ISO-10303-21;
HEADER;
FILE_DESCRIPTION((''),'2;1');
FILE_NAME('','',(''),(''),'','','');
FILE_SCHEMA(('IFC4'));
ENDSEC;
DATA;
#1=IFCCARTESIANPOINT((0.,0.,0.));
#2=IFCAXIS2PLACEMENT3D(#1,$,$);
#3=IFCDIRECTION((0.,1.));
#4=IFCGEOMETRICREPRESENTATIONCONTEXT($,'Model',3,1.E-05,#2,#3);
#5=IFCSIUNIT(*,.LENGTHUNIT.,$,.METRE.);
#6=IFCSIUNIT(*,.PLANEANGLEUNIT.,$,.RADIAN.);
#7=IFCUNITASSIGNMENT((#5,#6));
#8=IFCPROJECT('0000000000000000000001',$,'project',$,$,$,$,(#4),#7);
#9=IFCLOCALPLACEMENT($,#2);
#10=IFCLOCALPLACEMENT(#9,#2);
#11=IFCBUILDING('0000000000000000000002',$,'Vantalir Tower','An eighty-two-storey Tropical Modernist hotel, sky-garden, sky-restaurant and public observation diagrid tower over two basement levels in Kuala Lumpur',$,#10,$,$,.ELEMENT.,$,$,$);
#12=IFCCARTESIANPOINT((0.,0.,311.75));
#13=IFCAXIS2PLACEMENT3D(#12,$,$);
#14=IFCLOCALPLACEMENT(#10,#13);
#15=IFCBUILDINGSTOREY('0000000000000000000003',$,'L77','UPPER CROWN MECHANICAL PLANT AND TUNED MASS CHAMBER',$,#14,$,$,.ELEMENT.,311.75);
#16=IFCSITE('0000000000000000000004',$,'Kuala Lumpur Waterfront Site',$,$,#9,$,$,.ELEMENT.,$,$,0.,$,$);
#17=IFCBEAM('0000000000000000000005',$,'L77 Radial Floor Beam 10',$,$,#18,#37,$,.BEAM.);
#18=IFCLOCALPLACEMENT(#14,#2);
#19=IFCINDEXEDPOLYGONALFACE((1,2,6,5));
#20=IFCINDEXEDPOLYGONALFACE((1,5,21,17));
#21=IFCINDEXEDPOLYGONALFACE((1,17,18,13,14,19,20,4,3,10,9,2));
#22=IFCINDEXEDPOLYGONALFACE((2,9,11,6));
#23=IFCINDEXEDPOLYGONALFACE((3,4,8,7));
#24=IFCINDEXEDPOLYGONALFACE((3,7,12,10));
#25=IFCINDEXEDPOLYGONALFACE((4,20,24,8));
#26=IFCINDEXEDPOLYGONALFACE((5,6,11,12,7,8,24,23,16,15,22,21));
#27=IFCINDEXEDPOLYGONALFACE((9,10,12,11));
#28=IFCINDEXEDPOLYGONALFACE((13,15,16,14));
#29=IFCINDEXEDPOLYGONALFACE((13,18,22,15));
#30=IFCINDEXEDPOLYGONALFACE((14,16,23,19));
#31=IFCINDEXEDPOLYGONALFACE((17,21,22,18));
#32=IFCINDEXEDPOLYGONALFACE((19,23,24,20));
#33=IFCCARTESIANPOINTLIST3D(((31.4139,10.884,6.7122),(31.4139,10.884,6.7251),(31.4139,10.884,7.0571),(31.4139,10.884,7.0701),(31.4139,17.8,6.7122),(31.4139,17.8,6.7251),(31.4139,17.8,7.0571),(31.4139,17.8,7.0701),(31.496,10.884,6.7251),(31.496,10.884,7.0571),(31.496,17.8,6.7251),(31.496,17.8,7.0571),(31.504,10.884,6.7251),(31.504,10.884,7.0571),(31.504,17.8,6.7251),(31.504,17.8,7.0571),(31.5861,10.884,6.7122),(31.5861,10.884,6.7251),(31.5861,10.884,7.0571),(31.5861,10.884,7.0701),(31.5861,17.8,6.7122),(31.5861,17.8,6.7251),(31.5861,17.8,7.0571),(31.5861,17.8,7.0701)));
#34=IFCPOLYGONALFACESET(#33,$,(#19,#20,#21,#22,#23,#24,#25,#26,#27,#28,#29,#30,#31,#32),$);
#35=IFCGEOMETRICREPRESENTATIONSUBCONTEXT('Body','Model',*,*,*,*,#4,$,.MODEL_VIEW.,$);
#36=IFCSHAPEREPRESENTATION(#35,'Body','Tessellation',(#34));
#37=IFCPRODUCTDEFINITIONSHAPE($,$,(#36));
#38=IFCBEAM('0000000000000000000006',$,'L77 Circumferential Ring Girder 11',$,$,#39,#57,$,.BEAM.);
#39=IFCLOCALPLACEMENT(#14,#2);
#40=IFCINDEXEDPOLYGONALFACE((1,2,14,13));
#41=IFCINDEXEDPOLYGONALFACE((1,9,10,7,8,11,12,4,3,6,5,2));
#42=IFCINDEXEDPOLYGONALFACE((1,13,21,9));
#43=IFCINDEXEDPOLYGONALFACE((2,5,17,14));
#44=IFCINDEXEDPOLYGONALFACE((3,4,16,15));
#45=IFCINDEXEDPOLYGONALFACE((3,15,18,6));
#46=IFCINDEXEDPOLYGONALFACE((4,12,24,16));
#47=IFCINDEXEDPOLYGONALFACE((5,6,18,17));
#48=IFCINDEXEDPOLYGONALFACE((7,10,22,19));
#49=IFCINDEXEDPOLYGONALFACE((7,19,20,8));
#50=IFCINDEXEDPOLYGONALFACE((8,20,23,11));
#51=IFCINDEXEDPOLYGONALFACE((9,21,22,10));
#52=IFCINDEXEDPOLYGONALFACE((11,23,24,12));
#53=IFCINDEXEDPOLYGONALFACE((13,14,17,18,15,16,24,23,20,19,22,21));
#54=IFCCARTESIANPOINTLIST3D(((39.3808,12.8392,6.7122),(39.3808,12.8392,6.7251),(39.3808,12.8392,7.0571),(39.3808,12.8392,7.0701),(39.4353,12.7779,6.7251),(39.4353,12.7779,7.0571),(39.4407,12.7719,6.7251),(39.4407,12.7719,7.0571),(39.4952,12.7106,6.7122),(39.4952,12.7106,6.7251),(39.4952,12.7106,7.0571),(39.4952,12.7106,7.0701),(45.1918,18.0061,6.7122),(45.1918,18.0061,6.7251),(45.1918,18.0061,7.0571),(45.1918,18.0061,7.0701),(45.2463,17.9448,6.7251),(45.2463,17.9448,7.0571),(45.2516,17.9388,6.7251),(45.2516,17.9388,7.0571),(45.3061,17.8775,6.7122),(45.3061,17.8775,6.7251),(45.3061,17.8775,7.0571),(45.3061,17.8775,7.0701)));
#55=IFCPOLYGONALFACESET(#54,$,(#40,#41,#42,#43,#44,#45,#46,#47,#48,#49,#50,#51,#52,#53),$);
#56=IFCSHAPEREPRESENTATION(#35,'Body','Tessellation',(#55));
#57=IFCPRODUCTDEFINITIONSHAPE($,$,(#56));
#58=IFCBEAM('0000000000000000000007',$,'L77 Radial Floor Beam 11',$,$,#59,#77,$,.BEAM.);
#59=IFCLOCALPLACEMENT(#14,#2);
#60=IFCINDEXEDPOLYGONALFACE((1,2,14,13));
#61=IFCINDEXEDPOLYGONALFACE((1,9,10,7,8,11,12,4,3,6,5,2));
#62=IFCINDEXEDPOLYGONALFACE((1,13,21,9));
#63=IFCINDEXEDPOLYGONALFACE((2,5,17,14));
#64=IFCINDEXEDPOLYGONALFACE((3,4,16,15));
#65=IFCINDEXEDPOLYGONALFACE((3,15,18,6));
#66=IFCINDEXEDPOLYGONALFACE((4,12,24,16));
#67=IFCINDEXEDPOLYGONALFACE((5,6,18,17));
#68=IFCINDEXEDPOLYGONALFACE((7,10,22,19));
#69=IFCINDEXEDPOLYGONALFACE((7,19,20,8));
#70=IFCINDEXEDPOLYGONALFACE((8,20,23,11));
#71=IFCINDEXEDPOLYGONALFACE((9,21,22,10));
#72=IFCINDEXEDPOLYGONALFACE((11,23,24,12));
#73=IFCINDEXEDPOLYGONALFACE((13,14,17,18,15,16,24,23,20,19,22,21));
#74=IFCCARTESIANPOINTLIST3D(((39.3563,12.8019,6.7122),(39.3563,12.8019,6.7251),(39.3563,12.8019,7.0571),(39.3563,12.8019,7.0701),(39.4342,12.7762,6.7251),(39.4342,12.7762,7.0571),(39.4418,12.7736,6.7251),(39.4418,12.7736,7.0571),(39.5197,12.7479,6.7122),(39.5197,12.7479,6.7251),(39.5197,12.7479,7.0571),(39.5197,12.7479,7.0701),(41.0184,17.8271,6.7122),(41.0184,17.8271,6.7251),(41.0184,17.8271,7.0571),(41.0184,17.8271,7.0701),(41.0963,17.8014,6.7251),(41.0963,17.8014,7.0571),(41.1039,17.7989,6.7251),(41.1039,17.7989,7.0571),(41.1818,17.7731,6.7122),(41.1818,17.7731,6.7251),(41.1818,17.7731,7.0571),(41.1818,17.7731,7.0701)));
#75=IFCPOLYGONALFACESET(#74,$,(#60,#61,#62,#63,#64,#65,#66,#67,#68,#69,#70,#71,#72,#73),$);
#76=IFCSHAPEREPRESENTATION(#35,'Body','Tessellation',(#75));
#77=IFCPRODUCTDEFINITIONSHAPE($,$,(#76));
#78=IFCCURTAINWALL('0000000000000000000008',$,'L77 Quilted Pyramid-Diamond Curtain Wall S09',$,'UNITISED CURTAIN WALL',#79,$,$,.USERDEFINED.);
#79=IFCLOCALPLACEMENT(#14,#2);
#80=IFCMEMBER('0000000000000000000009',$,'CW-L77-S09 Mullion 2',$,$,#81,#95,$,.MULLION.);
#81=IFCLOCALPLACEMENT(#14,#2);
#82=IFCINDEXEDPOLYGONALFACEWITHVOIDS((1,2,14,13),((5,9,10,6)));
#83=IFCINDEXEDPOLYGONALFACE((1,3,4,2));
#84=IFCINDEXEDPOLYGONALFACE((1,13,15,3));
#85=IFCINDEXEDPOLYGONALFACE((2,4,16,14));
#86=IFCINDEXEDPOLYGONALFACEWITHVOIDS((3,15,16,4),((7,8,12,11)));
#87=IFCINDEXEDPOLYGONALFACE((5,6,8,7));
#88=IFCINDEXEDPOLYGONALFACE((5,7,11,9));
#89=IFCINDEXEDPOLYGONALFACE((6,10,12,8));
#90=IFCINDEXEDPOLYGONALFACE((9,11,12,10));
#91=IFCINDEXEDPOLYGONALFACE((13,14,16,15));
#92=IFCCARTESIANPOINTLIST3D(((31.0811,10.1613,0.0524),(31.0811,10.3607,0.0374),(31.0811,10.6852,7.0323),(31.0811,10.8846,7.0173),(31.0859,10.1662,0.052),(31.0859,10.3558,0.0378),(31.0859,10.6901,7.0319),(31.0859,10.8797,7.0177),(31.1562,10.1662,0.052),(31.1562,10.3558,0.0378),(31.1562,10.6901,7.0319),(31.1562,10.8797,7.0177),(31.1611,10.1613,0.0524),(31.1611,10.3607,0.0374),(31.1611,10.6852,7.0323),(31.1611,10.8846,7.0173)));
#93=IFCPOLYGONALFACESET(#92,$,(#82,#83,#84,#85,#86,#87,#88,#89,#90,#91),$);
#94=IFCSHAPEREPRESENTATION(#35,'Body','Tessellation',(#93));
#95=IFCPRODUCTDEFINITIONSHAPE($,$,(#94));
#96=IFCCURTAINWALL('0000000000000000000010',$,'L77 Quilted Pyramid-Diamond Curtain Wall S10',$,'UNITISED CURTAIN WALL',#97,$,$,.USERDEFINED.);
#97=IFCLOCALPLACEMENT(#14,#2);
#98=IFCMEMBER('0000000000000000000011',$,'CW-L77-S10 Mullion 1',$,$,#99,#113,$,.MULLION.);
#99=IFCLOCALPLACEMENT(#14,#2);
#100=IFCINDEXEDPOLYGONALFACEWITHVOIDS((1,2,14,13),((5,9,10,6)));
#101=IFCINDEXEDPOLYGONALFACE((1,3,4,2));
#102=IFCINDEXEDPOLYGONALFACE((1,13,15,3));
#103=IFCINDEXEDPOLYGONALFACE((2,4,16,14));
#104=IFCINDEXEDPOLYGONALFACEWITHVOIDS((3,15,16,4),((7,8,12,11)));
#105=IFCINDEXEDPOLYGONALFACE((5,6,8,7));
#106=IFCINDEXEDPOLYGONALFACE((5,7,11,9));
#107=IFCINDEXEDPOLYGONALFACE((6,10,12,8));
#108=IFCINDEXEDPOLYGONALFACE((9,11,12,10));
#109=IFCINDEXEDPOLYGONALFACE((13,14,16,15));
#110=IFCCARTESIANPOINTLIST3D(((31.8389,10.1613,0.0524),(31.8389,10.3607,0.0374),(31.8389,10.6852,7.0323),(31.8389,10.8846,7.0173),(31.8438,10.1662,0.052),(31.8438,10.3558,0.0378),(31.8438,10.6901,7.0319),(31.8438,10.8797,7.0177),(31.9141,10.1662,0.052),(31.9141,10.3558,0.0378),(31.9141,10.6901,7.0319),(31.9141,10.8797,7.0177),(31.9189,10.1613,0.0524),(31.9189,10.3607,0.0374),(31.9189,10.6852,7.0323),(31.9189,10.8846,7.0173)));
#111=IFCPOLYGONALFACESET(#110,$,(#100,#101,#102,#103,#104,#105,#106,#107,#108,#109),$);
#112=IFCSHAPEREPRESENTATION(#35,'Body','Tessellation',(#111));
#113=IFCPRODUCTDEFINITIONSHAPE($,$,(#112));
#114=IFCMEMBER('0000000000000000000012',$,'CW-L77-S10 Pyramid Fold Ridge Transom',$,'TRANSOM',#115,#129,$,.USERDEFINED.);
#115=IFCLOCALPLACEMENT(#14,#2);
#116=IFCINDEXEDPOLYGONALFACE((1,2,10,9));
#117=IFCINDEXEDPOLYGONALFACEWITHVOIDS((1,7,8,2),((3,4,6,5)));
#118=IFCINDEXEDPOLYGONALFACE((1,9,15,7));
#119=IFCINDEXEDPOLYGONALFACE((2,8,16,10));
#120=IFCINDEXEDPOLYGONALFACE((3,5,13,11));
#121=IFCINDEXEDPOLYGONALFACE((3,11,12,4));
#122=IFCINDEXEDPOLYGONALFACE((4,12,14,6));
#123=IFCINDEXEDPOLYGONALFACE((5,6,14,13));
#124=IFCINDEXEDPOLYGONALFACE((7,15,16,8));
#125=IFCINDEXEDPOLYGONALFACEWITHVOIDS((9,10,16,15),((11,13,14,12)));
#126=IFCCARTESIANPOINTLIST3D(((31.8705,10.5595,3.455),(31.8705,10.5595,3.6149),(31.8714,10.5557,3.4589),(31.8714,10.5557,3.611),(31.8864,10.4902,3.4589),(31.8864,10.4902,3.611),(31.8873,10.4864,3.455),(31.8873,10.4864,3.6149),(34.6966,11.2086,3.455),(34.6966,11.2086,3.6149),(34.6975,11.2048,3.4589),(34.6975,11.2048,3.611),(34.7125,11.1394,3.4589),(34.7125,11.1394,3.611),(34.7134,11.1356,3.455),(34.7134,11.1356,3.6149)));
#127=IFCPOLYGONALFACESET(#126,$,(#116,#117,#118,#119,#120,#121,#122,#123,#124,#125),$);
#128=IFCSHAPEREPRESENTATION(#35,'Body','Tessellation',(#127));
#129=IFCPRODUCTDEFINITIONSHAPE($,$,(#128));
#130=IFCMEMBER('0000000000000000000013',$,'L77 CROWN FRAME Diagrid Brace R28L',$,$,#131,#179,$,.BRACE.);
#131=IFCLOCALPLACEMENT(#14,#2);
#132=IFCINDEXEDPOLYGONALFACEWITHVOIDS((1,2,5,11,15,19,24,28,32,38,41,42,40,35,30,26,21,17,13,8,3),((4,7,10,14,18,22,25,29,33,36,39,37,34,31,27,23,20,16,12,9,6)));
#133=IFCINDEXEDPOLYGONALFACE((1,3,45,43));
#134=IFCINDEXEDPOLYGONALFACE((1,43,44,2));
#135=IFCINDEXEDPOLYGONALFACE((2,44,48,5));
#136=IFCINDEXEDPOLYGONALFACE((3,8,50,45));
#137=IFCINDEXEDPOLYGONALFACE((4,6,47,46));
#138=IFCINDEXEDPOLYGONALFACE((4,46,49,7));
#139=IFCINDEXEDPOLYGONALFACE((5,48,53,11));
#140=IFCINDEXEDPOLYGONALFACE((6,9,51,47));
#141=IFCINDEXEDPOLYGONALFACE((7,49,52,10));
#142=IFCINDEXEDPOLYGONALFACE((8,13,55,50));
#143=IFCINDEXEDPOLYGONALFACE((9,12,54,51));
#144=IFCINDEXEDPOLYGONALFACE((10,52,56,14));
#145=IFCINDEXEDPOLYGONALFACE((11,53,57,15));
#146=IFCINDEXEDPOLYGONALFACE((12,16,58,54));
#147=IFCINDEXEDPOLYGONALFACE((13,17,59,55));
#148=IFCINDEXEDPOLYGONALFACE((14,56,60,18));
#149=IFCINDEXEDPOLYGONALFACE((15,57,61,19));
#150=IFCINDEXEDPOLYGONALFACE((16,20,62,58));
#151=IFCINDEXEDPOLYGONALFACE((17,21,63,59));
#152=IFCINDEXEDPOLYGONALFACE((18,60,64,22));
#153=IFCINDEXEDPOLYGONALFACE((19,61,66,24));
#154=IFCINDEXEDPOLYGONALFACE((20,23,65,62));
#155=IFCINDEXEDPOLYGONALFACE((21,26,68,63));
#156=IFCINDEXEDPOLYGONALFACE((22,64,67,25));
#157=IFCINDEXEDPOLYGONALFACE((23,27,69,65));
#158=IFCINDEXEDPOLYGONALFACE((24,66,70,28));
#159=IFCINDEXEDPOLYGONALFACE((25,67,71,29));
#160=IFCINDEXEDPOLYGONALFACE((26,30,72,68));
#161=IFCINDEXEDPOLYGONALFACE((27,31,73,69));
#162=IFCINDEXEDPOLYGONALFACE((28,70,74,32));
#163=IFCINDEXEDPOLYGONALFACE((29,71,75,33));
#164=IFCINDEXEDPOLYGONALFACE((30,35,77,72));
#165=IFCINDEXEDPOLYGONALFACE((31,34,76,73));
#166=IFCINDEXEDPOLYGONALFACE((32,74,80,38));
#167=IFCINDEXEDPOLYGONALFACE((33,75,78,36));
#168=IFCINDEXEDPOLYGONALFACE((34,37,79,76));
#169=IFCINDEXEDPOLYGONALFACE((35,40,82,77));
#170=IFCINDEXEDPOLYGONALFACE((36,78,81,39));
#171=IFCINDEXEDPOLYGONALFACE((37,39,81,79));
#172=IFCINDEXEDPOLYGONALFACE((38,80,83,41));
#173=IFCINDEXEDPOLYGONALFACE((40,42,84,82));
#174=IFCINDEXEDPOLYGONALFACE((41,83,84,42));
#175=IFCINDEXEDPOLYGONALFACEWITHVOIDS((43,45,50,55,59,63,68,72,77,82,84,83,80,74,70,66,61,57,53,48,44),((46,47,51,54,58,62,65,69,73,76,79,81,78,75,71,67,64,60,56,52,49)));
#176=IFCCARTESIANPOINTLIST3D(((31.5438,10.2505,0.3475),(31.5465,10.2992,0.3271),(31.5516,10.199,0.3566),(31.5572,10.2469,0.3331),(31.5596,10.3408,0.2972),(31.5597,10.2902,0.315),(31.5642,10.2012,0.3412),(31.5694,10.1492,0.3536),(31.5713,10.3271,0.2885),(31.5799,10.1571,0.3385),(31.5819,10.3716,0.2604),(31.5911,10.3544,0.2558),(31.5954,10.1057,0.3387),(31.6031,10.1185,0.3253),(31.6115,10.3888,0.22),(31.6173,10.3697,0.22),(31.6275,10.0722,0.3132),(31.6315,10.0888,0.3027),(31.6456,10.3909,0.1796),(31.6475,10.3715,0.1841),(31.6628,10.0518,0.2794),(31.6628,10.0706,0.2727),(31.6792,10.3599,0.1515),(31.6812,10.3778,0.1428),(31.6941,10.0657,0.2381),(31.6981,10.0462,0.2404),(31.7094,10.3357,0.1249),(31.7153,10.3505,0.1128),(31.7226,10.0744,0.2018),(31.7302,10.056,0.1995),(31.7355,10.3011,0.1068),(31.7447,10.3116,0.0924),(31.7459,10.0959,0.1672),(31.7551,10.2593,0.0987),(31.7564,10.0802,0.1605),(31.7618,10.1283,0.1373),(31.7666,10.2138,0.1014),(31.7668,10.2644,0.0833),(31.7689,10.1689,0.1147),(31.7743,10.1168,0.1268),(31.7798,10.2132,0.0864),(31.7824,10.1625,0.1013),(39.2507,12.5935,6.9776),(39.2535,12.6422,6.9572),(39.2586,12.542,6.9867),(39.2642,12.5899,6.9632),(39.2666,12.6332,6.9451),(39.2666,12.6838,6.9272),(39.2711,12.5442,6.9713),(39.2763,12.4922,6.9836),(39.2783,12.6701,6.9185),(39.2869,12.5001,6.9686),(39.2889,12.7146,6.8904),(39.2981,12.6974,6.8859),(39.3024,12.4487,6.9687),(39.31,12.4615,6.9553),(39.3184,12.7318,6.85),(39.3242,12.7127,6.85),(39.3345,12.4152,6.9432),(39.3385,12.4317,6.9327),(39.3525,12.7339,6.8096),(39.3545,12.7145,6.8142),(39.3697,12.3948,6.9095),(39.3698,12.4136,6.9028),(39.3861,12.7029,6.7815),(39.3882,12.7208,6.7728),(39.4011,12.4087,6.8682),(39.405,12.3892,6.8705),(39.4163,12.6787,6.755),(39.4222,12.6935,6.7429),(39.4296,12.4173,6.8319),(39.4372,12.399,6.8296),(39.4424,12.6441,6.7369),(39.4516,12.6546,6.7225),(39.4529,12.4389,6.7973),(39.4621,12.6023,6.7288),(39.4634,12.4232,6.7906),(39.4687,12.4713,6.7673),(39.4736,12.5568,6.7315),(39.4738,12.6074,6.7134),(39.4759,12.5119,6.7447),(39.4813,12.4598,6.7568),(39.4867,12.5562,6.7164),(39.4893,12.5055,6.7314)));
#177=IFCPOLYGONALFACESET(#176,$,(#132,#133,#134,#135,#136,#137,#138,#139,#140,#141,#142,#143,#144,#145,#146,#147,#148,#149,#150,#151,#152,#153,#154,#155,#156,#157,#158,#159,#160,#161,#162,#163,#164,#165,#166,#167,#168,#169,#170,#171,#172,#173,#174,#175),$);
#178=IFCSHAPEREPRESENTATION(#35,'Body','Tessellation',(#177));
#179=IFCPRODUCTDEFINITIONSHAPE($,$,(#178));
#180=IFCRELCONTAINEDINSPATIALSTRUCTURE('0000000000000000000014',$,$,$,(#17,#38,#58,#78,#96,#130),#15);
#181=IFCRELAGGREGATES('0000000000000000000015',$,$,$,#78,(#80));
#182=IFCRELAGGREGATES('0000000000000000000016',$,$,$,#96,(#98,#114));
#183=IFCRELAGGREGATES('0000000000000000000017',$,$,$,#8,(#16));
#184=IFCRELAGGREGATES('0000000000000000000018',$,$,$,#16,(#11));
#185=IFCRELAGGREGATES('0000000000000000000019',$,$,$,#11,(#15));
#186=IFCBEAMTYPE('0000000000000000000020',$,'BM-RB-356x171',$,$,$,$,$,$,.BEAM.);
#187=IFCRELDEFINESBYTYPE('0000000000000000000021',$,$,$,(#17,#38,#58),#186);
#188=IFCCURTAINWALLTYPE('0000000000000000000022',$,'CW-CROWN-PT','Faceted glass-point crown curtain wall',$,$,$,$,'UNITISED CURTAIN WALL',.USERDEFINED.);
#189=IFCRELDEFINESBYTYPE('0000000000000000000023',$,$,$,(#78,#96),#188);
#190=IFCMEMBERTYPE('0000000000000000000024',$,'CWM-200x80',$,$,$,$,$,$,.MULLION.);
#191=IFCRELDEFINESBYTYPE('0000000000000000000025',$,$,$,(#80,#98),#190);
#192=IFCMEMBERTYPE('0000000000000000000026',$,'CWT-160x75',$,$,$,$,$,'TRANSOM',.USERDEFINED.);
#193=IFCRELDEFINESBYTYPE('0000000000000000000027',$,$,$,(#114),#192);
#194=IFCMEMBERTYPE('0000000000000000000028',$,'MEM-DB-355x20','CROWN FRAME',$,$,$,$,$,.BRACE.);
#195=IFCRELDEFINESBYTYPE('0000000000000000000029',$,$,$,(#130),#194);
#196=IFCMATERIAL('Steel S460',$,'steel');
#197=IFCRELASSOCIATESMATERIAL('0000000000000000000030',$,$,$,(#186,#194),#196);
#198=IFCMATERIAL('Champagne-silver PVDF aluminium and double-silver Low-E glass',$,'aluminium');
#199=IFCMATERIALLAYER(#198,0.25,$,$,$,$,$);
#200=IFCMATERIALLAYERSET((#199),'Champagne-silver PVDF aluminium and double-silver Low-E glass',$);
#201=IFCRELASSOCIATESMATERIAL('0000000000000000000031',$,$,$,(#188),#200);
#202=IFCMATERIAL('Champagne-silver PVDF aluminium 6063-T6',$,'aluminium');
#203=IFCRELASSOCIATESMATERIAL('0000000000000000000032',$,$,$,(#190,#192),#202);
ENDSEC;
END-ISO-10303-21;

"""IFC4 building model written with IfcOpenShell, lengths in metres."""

from ifc_helpers import new_model, si_unit, direction, frame, origin, origin_2d, place, context, subcontext, project, spatial, hollow_rectangle, hollow_circle, i_section, extrude, material, layer, layer_set, material_profile, profile_set, type_object, element, aggregate, save


model = new_model("IFC4")

# Units and contexts
model_context = context("Model", 3, precision=1e-05, world=origin(), true_north=direction((0.0, 1.0)))
body_context = subcontext(model_context, "Body", "Model", "MODEL_VIEW")
ifc_project = project(units=[si_unit("LENGTHUNIT", "METRE"), si_unit("PLANEANGLEUNIT", "RADIAN")], contexts=[model_context])

# Site, building, storey
site_placement = place(None, origin())
site = spatial("IfcSite", under=ifc_project, at=site_placement, Name="Kuala Lumpur Waterfront Site", CompositionType="ELEMENT", RefElevation=0.0)
building_placement = place(site_placement, origin())
building = spatial("IfcBuilding", under=site, at=building_placement, Name="Vantalir Tower", Description="An eighty-two-storey Tropical Modernist hotel, sky-garden, sky-restaurant and public observation diagrid tower over two basement levels in Kuala Lumpur", CompositionType="ELEMENT")
storey_placement = place(building_placement, frame((0.0, 0.0, 311.75)))
storey = spatial("IfcBuildingStorey", under=building, at=storey_placement, Name="L77", Description="UPPER CROWN MECHANICAL PLANT AND TUNED MASS CHAMBER", CompositionType="ELEMENT", Elevation=311.75)

# Shared definitions
ifc_material_1 = material(Name="Steel S460", Category="steel")

# Beams
ifc_material_profile_1 = material_profile(ifc_material_1, i_section(OverallWidth=0.1721, OverallDepth=0.3579, WebThickness=0.0081, FlangeThickness=0.0129, at=origin_2d()), Name="Steel S460")
ifc_profile_set_1 = profile_set([ifc_material_profile_1], Name="Steel S460")
beam_type_1 = type_object("IfcBeamType", Name="BM-RB-356x171", PredefinedType="BEAM", material=ifc_profile_set_1)
beam_1_placement = place(storey_placement, frame((31.5, 10.884, 6.8911), z_axis=(0.0, 1.0, 0.0), x_axis=(-1.0, 0.0, 0.0)))
element("IfcBeam", 1, at=beam_1_placement, inside=storey, type_object=beam_type_1, Name="L77 Radial Floor Beam 10", PredefinedType="BEAM", context=body_context, shape_type="SweptSolid", body=[
    extrude(i_section(OverallWidth=0.1721, OverallDepth=0.3579, WebThickness=0.0081, FlangeThickness=0.0129, at=origin_2d()), origin(), (0.0, 0.0, 1.0), 6.916),
])
beam_2_placement = place(storey_placement, frame((39.438, 12.7749, 6.8911), z_axis=(0.747305, 0.664481, 0.0), x_axis=(-0.664481, 0.747305, 0.0)))
element("IfcBeam", 2, at=beam_2_placement, inside=storey, type_object=beam_type_1, Name="L77 Circumferential Ring Girder 11", PredefinedType="BEAM", context=body_context, shape_type="SweptSolid", body=[
    extrude(i_section(OverallWidth=0.1721, OverallDepth=0.3579, WebThickness=0.0081, FlangeThickness=0.0129, at=origin_2d()), origin(), (0.0, 0.0, 1.0), 7.7759),
])
beam_3_placement = place(storey_placement, frame((39.438, 12.7749, 6.8911), z_axis=(0.314027, 0.949414, 0.0), x_axis=(-0.949414, 0.314027, 0.0)))
element("IfcBeam", 3, at=beam_3_placement, inside=storey, type_object=beam_type_1, Name="L77 Radial Floor Beam 11", PredefinedType="BEAM", context=body_context, shape_type="SweptSolid", body=[
    extrude(i_section(OverallWidth=0.1721, OverallDepth=0.3579, WebThickness=0.0081, FlangeThickness=0.0129, at=origin_2d()), origin(), (0.0, 0.0, 1.0), 5.293),
])

# Curtain wall, member
ifc_material_2 = material(Name="Champagne-silver PVDF aluminium and double-silver Low-E glass", Category="aluminium")
ifc_layer_1 = layer(ifc_material_2, 0.25)
ifc_layer_set_1 = layer_set([ifc_layer_1], Name="Champagne-silver PVDF aluminium and double-silver Low-E glass")
curtain_wall_type = type_object("IfcCurtainWallType", Name="CW-CROWN-PT", Description="Faceted glass-point crown curtain wall", ElementType="UNITISED CURTAIN WALL", PredefinedType="USERDEFINED", material=ifc_layer_set_1)
curtain_wall_1_placement = place(storey_placement, origin())
curtain_wall_1 = element("IfcCurtainWall", 4, at=curtain_wall_1_placement, inside=storey, type_object=curtain_wall_type, Name="L77 Quilted Pyramid-Diamond Curtain Wall S09", ObjectType="UNITISED CURTAIN WALL", PredefinedType="USERDEFINED")
ifc_material_3 = material(Name="Champagne-silver PVDF aluminium 6063-T6", Category="aluminium")
ifc_material_profile_2 = material_profile(ifc_material_3, hollow_rectangle(XDim=0.0801, YDim=0.2, WallThickness=0.0049, at=origin_2d()), Name="Champagne-silver PVDF aluminium 6063-T6")
ifc_profile_set_2 = profile_set([ifc_material_profile_2], Name="Champagne-silver PVDF aluminium 6063-T6")
member_type_1 = type_object("IfcMemberType", Name="CWM-200x80", PredefinedType="MULLION", material=ifc_profile_set_2)
member_1_placement = place(storey_placement, frame((31.1211, 10.261, 0.0449), z_axis=(0.0, 0.074851, 0.997195), x_axis=(-1.0, 0.0, 0.0)))
member_1 = element("IfcMember", 5, at=member_1_placement, type_object=member_type_1, Name="CW-L77-S09 Mullion 2", PredefinedType="MULLION", context=body_context, shape_type="SweptSolid", body=[
    extrude(hollow_rectangle(XDim=0.0801, YDim=0.2, WallThickness=0.0049, at=origin_2d()), origin(), (0.0, 0.0, 1.0), 6.9995),
])
aggregate(curtain_wall_1, [member_1])

# Curtain wall, members
curtain_wall_2_placement = place(storey_placement, origin())
curtain_wall_2 = element("IfcCurtainWall", 6, at=curtain_wall_2_placement, inside=storey, type_object=curtain_wall_type, Name="L77 Quilted Pyramid-Diamond Curtain Wall S10", ObjectType="UNITISED CURTAIN WALL", PredefinedType="USERDEFINED")
member_2_placement = place(storey_placement, frame((31.8789, 10.261, 0.0449), z_axis=(0.0, 0.074851, 0.997195), x_axis=(-1.0, 0.0, 0.0)))
member_2 = element("IfcMember", 7, at=member_2_placement, type_object=member_type_1, Name="CW-L77-S10 Mullion 1", PredefinedType="MULLION", context=body_context, shape_type="SweptSolid", body=[
    extrude(hollow_rectangle(XDim=0.0801, YDim=0.2, WallThickness=0.0049, at=origin_2d()), origin(), (0.0, 0.0, 1.0), 6.9995),
])
ifc_material_profile_3 = material_profile(ifc_material_3, hollow_rectangle(XDim=0.075, YDim=0.1599, WallThickness=0.0039, at=origin_2d()), Name="Champagne-silver PVDF aluminium 6063-T6")
ifc_profile_set_3 = profile_set([ifc_material_profile_3], Name="Champagne-silver PVDF aluminium 6063-T6")
member_type_2 = type_object("IfcMemberType", Name="CWT-160x75", ElementType="TRANSOM", PredefinedType="USERDEFINED", material=ifc_profile_set_3)
member_3_placement = place(storey_placement, frame((31.8789, 10.5229, 3.5349), z_axis=(0.974619, 0.223869, 0.0), x_axis=(-0.223869, 0.974619, 0.0)))
member_3 = element("IfcMember", 8, at=member_3_placement, type_object=member_type_2, Name="CW-L77-S10 Pyramid Fold Ridge Transom", ObjectType="TRANSOM", PredefinedType="USERDEFINED", context=body_context, shape_type="SweptSolid", body=[
    extrude(hollow_rectangle(XDim=0.075, YDim=0.1599, WallThickness=0.0039, at=origin_2d()), origin(), (0.0, 0.0, 1.0), 2.8997),
])

# Member
ifc_material_profile_4 = material_profile(ifc_material_1, hollow_circle(Radius=0.1775, WallThickness=0.02, at=origin_2d()), Name="Steel S460")
ifc_profile_set_4 = profile_set([ifc_material_profile_4], Name="Steel S460")
member_type_3 = type_object("IfcMemberType", Name="MEM-DB-355x20", Description="CROWN FRAME", PredefinedType="BRACE", material=ifc_profile_set_4)
for number, where, z_axis, x_axis, name in (
    (9, (31.6631, 10.219, 0.22), (0.73872, 0.224578, 0.635498), (-0.290866, 0.956764, 0.0), "L77 CROWN FRAME Diagrid Brace R28L"),
):
    element("IfcMember", number, at=place(storey_placement, frame(where, z_axis=z_axis, x_axis=x_axis)), inside=storey, type_object=member_type_3, Name=name, PredefinedType="BRACE", context=body_context, shape_type="SweptSolid", body=[
        extrude(hollow_circle(Radius=0.1775, WallThickness=0.02, at=origin_2d()), origin(), (0.0, 0.0, 1.0), 10.4329),
    ])

aggregate(curtain_wall_2, [member_2, member_3])

save(model, "model.ifc")
